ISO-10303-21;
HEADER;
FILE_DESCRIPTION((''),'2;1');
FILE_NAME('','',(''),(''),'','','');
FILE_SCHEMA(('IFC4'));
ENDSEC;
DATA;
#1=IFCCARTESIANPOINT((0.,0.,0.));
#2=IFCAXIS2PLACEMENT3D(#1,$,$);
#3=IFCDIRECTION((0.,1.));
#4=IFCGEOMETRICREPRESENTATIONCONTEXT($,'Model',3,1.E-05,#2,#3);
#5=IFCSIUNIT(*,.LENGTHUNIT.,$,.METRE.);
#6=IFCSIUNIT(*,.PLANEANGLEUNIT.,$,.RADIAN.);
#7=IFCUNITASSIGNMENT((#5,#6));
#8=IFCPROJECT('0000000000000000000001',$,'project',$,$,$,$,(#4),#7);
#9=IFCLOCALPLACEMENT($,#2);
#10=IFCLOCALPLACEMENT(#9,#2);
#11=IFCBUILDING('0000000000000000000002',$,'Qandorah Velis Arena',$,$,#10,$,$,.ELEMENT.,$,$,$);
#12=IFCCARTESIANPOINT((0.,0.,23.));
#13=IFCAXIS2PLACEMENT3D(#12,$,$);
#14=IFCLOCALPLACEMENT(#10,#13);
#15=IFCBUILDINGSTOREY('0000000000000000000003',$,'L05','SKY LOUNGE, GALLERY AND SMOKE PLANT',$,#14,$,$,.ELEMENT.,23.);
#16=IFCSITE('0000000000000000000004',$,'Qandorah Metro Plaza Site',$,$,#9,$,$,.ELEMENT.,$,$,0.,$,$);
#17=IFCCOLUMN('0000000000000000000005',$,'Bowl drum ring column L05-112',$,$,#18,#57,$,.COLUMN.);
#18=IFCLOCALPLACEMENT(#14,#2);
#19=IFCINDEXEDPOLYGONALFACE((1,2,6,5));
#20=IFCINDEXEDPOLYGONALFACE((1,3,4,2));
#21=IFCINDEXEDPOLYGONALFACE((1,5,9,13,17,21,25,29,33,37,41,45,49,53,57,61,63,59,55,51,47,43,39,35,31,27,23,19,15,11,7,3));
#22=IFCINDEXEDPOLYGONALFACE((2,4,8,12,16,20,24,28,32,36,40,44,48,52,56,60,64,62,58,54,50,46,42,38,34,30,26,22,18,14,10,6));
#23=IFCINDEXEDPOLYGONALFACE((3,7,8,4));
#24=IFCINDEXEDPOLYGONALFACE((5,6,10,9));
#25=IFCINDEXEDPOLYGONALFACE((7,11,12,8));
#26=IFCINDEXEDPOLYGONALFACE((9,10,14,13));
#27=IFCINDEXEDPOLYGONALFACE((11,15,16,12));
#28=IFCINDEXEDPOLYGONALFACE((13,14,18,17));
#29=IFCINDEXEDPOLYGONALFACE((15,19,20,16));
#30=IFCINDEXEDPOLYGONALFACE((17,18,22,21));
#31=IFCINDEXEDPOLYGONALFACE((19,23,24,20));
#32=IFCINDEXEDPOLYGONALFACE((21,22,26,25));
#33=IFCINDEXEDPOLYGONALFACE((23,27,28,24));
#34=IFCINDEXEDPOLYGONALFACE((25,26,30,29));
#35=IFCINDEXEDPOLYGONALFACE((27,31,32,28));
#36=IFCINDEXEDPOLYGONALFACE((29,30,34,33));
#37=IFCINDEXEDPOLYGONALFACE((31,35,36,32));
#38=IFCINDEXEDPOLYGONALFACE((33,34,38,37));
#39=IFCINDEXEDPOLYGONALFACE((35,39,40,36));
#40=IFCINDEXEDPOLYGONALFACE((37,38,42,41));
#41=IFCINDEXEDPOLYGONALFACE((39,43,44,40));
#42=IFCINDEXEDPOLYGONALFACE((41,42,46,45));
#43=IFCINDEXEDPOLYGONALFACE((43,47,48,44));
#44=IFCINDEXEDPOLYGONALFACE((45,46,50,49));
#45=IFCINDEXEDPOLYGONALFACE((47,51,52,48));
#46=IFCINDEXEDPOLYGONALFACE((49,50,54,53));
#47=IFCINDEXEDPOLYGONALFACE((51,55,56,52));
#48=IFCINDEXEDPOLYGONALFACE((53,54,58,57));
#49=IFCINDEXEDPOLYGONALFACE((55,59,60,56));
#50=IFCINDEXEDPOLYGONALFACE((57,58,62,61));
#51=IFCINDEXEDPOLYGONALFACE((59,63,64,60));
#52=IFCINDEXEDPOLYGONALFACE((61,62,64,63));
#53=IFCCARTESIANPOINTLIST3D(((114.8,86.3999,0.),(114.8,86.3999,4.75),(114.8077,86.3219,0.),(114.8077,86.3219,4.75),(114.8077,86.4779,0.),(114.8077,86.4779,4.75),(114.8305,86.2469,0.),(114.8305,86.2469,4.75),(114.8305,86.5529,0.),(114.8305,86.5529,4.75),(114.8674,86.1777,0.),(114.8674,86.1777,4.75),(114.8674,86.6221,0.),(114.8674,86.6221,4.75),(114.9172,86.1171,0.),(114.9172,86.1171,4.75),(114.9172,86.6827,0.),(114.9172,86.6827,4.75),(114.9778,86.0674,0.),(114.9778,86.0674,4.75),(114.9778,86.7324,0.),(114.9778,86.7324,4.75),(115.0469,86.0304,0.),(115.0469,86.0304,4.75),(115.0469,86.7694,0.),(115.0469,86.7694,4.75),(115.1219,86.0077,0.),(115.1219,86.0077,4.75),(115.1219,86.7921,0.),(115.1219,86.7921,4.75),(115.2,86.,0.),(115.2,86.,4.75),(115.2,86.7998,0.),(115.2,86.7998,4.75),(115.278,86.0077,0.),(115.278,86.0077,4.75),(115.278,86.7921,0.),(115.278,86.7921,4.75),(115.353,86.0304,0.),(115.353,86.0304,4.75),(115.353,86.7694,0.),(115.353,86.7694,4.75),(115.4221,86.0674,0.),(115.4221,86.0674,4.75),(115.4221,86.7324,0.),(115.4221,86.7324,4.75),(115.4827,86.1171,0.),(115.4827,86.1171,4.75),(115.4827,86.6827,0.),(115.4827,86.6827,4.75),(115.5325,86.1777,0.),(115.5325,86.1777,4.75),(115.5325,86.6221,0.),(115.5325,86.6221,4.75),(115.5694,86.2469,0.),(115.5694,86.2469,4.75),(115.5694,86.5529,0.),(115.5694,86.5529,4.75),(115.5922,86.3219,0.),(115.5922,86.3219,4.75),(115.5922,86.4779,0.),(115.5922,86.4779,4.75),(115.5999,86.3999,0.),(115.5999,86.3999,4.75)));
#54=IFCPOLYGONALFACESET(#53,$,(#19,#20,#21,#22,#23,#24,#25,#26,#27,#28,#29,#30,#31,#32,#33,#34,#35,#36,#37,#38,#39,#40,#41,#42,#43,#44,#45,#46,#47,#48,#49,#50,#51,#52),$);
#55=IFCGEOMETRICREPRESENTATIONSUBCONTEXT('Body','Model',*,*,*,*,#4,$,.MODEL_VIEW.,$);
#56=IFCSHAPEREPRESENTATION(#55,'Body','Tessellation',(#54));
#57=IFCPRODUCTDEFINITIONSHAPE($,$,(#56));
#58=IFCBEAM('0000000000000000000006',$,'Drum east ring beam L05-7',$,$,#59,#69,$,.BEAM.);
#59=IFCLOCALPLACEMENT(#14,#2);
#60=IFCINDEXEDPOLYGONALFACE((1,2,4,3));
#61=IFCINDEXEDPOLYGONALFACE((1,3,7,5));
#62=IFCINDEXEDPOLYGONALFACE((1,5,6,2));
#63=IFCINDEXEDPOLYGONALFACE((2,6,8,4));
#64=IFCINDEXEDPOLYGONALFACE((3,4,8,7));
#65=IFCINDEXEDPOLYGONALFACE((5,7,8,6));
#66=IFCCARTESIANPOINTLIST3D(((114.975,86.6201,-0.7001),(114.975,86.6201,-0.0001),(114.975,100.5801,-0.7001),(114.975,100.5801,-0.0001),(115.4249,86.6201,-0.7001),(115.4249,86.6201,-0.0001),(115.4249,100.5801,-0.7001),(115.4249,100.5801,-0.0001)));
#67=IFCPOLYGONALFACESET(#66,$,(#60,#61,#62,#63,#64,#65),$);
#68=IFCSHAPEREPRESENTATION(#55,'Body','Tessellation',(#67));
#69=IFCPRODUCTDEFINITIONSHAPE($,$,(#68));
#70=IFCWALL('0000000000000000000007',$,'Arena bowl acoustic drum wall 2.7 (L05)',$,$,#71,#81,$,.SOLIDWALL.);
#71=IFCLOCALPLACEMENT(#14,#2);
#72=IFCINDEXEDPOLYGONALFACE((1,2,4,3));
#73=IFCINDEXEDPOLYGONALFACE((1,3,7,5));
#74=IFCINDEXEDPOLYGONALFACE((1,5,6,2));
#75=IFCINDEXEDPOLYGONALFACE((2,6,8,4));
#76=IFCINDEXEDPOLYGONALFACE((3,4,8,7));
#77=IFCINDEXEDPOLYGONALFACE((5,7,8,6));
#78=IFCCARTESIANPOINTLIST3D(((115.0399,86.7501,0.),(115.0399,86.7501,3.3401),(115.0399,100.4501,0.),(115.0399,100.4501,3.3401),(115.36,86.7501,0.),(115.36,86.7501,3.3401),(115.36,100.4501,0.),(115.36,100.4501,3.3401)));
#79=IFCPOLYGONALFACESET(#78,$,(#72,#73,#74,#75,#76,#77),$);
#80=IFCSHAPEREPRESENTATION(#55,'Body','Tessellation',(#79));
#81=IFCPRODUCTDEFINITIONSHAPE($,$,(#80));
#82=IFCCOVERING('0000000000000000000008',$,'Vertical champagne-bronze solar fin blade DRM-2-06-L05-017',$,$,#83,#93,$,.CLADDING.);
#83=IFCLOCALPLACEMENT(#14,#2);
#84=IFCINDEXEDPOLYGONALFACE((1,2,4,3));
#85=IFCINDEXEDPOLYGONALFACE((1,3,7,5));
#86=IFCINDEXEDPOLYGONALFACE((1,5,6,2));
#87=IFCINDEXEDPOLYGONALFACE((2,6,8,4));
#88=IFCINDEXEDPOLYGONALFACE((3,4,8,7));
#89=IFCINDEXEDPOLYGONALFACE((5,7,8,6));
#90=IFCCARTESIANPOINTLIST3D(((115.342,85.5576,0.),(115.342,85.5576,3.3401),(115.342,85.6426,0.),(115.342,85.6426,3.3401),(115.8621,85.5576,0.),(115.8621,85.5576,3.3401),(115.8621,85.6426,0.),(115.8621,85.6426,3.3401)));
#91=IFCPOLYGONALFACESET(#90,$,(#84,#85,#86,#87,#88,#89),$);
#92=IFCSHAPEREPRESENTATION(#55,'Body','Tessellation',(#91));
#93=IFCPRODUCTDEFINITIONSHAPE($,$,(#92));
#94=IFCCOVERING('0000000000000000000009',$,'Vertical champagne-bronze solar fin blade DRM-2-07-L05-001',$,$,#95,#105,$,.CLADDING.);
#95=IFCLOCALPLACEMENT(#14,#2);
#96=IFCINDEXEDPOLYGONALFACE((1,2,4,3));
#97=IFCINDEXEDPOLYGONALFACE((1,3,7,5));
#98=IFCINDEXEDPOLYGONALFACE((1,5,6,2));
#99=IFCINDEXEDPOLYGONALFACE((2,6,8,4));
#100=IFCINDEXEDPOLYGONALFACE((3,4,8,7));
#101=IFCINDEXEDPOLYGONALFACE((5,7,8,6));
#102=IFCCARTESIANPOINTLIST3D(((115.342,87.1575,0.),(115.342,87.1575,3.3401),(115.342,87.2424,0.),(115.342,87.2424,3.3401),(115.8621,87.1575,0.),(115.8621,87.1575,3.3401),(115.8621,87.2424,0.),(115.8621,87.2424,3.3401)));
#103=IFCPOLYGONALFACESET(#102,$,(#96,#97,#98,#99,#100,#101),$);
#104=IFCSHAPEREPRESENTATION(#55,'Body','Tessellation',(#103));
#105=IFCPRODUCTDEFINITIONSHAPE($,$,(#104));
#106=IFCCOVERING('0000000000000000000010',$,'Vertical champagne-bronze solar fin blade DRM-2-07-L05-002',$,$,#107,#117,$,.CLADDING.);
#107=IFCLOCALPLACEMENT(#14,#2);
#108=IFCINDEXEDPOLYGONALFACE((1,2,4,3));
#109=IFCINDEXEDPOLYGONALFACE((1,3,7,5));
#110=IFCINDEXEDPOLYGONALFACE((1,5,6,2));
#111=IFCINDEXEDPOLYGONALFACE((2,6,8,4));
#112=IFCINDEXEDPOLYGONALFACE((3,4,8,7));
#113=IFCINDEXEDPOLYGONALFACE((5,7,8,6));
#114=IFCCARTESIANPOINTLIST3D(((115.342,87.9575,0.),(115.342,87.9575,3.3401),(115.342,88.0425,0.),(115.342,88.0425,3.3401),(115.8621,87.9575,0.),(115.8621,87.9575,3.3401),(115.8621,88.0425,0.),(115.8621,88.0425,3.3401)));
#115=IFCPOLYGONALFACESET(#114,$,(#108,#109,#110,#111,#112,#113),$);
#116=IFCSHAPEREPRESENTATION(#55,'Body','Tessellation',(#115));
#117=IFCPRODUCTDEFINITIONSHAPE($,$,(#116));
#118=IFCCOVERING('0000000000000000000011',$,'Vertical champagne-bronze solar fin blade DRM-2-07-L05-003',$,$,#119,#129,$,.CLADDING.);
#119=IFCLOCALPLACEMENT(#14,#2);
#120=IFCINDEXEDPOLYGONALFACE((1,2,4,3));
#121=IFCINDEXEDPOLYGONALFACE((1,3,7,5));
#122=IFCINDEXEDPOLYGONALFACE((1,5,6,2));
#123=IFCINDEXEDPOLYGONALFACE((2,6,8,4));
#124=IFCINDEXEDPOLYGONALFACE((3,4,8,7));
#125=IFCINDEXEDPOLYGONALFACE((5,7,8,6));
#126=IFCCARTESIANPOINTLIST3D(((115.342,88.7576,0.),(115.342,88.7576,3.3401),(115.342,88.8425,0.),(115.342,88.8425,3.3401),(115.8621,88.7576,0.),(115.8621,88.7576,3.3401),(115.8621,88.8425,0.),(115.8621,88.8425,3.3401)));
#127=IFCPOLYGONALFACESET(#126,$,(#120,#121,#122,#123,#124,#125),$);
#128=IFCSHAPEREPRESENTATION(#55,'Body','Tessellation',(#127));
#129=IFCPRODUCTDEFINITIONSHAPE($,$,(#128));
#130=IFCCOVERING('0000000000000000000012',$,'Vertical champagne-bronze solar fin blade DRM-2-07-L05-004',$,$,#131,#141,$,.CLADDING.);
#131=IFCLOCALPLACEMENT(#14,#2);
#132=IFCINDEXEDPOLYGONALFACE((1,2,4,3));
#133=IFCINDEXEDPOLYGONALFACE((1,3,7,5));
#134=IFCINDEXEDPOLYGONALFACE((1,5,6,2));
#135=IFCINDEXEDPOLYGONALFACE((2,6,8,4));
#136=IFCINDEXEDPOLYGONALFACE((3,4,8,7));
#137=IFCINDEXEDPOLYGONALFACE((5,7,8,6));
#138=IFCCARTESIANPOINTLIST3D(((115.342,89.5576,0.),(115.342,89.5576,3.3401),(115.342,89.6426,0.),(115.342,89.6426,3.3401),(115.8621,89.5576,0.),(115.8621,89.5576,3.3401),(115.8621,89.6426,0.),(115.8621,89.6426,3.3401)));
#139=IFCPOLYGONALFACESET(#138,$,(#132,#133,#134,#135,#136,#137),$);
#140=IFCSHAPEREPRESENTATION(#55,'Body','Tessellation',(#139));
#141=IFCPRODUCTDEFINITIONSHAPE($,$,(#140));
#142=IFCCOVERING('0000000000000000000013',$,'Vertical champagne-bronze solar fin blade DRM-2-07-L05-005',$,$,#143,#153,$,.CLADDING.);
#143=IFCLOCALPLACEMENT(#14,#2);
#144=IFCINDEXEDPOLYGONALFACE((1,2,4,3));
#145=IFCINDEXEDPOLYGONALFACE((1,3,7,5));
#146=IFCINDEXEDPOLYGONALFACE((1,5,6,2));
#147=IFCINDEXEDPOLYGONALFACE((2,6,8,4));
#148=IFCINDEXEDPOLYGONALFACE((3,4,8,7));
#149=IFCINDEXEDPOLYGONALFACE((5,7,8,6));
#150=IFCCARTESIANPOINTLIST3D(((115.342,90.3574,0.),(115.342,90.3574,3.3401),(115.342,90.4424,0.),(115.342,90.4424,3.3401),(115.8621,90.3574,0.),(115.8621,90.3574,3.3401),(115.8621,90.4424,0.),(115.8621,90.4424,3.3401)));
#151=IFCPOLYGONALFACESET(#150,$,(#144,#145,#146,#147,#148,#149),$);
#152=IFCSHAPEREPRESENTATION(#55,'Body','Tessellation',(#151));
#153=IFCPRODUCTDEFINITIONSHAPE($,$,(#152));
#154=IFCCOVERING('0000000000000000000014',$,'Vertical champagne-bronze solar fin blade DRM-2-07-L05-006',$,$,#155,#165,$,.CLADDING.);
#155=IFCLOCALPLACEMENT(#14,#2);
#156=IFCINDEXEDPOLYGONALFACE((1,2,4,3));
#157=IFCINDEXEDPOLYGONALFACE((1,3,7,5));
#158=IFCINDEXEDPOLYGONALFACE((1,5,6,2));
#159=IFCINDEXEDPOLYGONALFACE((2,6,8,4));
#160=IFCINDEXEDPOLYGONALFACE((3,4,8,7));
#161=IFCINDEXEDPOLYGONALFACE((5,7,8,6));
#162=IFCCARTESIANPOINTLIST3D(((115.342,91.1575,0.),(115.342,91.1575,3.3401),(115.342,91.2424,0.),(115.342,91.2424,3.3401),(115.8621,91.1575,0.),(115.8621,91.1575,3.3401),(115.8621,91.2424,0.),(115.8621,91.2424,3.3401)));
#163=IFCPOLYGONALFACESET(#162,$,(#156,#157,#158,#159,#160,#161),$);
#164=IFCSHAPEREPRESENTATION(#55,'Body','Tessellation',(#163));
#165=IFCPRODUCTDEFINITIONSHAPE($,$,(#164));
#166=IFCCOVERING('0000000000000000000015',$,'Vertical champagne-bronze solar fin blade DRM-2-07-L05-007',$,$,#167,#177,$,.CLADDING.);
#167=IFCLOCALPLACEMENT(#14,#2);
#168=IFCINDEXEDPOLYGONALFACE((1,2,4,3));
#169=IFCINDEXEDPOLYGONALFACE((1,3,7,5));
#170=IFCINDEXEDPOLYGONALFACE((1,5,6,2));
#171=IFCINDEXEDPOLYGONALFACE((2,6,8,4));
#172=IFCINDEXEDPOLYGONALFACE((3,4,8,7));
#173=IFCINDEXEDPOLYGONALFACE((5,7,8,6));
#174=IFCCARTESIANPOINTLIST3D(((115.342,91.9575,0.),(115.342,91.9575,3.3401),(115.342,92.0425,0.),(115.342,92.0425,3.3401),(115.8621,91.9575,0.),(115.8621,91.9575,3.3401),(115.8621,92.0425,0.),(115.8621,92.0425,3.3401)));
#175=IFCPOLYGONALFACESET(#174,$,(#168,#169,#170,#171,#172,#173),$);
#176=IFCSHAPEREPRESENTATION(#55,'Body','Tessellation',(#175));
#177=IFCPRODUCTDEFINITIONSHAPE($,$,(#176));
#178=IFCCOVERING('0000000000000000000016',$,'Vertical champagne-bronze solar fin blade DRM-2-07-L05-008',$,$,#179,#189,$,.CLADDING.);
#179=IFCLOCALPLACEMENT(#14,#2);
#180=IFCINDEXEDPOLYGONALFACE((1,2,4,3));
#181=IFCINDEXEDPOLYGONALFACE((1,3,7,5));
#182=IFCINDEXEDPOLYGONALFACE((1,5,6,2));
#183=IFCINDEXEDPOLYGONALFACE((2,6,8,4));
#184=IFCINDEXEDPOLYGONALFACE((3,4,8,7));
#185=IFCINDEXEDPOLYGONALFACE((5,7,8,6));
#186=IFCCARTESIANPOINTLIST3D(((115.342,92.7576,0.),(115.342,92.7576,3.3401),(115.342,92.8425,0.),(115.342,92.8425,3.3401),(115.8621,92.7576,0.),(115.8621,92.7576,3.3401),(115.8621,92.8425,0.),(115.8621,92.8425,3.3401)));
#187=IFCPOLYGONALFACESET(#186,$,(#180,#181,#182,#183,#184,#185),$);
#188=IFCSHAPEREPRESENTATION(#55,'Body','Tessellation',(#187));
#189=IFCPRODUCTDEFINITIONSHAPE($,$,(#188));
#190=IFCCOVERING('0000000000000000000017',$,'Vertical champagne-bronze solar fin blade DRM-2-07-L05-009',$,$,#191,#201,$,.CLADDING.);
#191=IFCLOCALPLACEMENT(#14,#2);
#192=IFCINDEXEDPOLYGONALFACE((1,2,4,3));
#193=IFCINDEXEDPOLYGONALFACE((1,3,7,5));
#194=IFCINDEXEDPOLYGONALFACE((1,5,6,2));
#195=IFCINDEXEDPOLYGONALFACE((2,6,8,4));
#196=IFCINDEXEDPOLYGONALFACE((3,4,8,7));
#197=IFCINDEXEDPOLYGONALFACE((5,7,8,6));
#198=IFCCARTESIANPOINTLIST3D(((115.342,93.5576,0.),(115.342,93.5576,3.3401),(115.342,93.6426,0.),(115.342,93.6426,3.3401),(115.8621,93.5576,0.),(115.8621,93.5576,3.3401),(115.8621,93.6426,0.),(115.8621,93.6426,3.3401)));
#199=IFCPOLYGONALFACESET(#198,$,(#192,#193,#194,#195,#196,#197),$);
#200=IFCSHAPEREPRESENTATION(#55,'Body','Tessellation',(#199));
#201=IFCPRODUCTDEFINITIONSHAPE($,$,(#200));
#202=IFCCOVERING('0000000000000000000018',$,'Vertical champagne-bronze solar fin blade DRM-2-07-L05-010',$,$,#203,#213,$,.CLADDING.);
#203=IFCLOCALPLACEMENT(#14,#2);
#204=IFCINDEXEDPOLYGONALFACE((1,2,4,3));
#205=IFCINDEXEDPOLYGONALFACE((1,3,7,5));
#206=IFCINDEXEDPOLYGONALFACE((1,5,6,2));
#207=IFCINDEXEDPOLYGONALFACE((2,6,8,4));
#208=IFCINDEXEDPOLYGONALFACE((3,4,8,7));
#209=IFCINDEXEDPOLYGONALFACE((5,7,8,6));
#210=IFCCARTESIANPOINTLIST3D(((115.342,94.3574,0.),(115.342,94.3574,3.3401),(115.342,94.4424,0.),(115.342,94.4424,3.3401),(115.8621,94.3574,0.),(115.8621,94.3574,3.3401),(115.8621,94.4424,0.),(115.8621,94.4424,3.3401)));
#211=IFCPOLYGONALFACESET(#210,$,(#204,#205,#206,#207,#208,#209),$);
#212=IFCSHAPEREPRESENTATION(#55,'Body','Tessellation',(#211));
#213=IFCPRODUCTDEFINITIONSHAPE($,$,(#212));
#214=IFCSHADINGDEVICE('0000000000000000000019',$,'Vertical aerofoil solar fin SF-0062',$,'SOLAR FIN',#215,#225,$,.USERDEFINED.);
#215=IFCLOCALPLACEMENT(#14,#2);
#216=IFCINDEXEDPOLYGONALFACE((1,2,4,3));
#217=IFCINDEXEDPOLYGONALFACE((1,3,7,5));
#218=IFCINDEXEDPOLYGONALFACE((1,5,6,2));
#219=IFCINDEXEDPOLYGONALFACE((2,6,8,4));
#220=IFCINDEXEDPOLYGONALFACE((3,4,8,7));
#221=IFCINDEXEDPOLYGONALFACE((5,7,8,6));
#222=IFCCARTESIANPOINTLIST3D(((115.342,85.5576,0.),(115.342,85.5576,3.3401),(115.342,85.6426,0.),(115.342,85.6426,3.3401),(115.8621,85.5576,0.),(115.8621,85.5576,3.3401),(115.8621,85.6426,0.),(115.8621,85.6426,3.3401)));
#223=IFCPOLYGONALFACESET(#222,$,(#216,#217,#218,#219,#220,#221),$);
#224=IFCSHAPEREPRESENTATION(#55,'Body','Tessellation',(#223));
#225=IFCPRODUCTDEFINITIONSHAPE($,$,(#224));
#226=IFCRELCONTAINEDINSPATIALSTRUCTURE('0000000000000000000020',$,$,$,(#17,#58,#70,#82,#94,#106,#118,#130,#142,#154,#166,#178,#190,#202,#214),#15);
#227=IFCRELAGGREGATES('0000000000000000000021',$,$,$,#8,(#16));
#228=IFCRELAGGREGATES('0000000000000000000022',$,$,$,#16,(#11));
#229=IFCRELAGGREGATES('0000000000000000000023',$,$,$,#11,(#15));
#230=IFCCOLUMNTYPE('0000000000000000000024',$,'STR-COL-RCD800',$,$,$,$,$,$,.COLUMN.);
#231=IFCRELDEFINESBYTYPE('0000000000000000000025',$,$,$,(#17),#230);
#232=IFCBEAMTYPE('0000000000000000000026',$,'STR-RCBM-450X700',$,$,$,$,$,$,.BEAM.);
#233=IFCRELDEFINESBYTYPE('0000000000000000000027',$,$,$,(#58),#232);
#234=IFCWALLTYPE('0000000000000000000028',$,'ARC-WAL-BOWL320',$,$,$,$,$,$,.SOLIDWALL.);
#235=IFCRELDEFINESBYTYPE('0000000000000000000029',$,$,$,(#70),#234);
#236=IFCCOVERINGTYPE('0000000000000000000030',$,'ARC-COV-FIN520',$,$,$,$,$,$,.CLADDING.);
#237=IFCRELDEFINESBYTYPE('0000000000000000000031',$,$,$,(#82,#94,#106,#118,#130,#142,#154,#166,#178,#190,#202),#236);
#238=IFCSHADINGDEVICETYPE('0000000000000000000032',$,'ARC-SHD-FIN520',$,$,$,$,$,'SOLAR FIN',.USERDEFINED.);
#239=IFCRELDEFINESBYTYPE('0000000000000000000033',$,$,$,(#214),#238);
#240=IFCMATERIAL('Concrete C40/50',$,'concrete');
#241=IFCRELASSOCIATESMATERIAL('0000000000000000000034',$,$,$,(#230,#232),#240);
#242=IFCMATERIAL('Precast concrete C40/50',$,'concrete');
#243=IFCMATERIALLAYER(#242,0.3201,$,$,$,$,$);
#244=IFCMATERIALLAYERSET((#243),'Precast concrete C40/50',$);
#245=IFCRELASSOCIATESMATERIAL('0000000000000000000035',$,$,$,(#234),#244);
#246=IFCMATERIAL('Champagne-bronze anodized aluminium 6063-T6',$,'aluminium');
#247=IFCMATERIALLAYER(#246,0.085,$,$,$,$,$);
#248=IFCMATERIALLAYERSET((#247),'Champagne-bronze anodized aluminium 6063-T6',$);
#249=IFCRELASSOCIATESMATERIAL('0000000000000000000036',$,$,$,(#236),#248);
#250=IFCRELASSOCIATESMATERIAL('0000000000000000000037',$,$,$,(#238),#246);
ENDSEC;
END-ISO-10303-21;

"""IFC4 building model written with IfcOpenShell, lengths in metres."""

from ifc_helpers import new_model, si_unit, direction, frame, frame_2d, origin, origin_2d, place, context, subcontext, project, spatial, rectangle, circle, extrude, material, layer, layer_set, material_profile, profile_set, type_object, element, save


model = new_model("IFC4")

# Units and contexts
model_context = context("Model", 3, precision=1e-05, world=origin(), true_north=direction((0.0, 1.0)))
body_context = subcontext(model_context, "Body", "Model", "MODEL_VIEW")
ifc_project = project(units=[si_unit("LENGTHUNIT", "METRE"), si_unit("PLANEANGLEUNIT", "RADIAN")], contexts=[model_context])

# Site, building, storey
site_placement = place(None, origin())
site = spatial("IfcSite", under=ifc_project, at=site_placement, Name="Qandorah Metro Plaza Site", CompositionType="ELEMENT", RefElevation=0.0)
building_placement = place(site_placement, origin())
building = spatial("IfcBuilding", under=site, at=building_placement, Name="Qandorah Velis Arena", CompositionType="ELEMENT")
storey_placement = place(building_placement, frame((0.0, 0.0, 23.0)))
storey = spatial("IfcBuildingStorey", under=building, at=storey_placement, Name="L05", Description="SKY LOUNGE, GALLERY AND SMOKE PLANT", CompositionType="ELEMENT", Elevation=23.0)

# Column
ifc_material_1 = material(Name="Concrete C40/50", Category="concrete")
ifc_material_profile_1 = material_profile(ifc_material_1, circle(Radius=0.3999, at=origin_2d()), Name="RC D800")
ifc_profile_set_1 = profile_set([ifc_material_profile_1], Name="Concrete C40/50")
column_type = type_object("IfcColumnType", Name="STR-COL-RCD800", PredefinedType="COLUMN", material=ifc_profile_set_1)
column_placement = place(storey_placement, frame((115.2, 86.3999, 0.0), z_axis=(0.0, 0.0, 1.0), x_axis=(1.0, 0.0, 0.0)))
element("IfcColumn", 1, at=column_placement, inside=storey, type_object=column_type, Name="Bowl drum ring column L05-112", PredefinedType="COLUMN", context=body_context, shape_type="SweptSolid", body=[
    extrude(circle(Radius=0.3999, at=origin_2d()), origin(), (0.0, 0.0, 1.0), 4.75),
])

# Beam
ifc_material_profile_2 = material_profile(ifc_material_1, rectangle(XDim=0.45, YDim=0.7, at=origin_2d()), Name="RC BM 450x700")
ifc_profile_set_2 = profile_set([ifc_material_profile_2], Name="Concrete C40/50")
beam_type = type_object("IfcBeamType", Name="STR-RCBM-450X700", PredefinedType="BEAM", material=ifc_profile_set_2)
beam_placement = place(storey_placement, frame((115.2, 86.6201, -0.3501), z_axis=(0.0, 1.0, 0.0), x_axis=(-1.0, 0.0, 0.0)))
element("IfcBeam", 2, at=beam_placement, inside=storey, type_object=beam_type, Name="Drum east ring beam L05-7", PredefinedType="BEAM", context=body_context, shape_type="SweptSolid", body=[
    extrude(rectangle(XDim=0.45, YDim=0.7, at=origin_2d()), origin(), (0.0, 0.0, 1.0), 13.96),
])

# Wall
ifc_material_2 = material(Name="Precast concrete C40/50", Category="concrete")
ifc_layer_1 = layer(ifc_material_2, 0.3201)
ifc_layer_set_1 = layer_set([ifc_layer_1], Name="Precast concrete C40/50")
wall_type = type_object("IfcWallType", Name="ARC-WAL-BOWL320", PredefinedType="SOLIDWALL", material=ifc_layer_set_1)
wall_placement = place(storey_placement, frame((115.2, 86.75, 0.0), z_axis=(0.0, 0.0, 1.0), x_axis=(0.0, 1.0, 0.0)))
element("IfcWall", 3, at=wall_placement, inside=storey, type_object=wall_type, Name="Arena bowl acoustic drum wall 2.7 (L05)", PredefinedType="SOLIDWALL", context=body_context, shape_type="SweptSolid", body=[
    extrude(rectangle(XDim=13.7, YDim=0.3201, at=frame_2d((6.8501, 0.0))), origin(), (0.0, 0.0, 1.0), 3.3401),
])

# Coverings
ifc_material_3 = material(Name="Champagne-bronze anodized aluminium 6063-T6", Category="aluminium")
ifc_layer_2 = layer(ifc_material_3, 0.085)
ifc_layer_set_2 = layer_set([ifc_layer_2], Name="Champagne-bronze anodized aluminium 6063-T6")
covering_type = type_object("IfcCoveringType", Name="ARC-COV-FIN520", PredefinedType="CLADDING", material=ifc_layer_set_2)
for number, where, z_axis, x_axis, name in (
    (4, (115.6021, 85.6001, 0.0), (0.0, 0.0, 1.0), (1.0, 0.0, 0.0), "Vertical champagne-bronze solar fin blade DRM-2-06-L05-017"),
    (5, (115.6021, 87.2, 0.0), (0.0, 0.0, 1.0), (1.0, 0.0, 0.0), "Vertical champagne-bronze solar fin blade DRM-2-07-L05-001"),
    (6, (115.6021, 88.0, 0.0), (0.0, 0.0, 1.0), (1.0, 0.0, 0.0), "Vertical champagne-bronze solar fin blade DRM-2-07-L05-002"),
    (7, (115.6021, 88.8, 0.0), (0.0, 0.0, 1.0), (1.0, 0.0, 0.0), "Vertical champagne-bronze solar fin blade DRM-2-07-L05-003"),
    (8, (115.6021, 89.6001, 0.0), (0.0, 0.0, 1.0), (1.0, 0.0, 0.0), "Vertical champagne-bronze solar fin blade DRM-2-07-L05-004"),
    (9, (115.6021, 90.3999, 0.0), (0.0, 0.0, 1.0), (1.0, 0.0, 0.0), "Vertical champagne-bronze solar fin blade DRM-2-07-L05-005"),
    (10, (115.6021, 91.2, 0.0), (0.0, 0.0, 1.0), (1.0, 0.0, 0.0), "Vertical champagne-bronze solar fin blade DRM-2-07-L05-006"),
    (11, (115.6021, 92.0, 0.0), (0.0, 0.0, 1.0), (1.0, 0.0, 0.0), "Vertical champagne-bronze solar fin blade DRM-2-07-L05-007"),
    (12, (115.6021, 92.8, 0.0), (0.0, 0.0, 1.0), (1.0, 0.0, 0.0), "Vertical champagne-bronze solar fin blade DRM-2-07-L05-008"),
    (13, (115.6021, 93.6001, 0.0), (0.0, 0.0, 1.0), (1.0, 0.0, 0.0), "Vertical champagne-bronze solar fin blade DRM-2-07-L05-009"),
    (14, (115.6021, 94.3999, 0.0), (0.0, 0.0, 1.0), (1.0, 0.0, 0.0), "Vertical champagne-bronze solar fin blade DRM-2-07-L05-010"),
):
    element("IfcCovering", number, at=place(storey_placement, frame(where, z_axis=z_axis, x_axis=x_axis)), inside=storey, type_object=covering_type, Name=name, PredefinedType="CLADDING", context=body_context, shape_type="SweptSolid", body=[
        extrude(rectangle(XDim=0.52, YDim=0.085, at=origin_2d()), origin(), (0.0, 0.0, 1.0), 3.3401),
    ])

# Shading device
shading_device_type = type_object("IfcShadingDeviceType", Name="ARC-SHD-FIN520", ElementType="SOLAR FIN", PredefinedType="USERDEFINED", material=ifc_material_3)
for number, where, z_axis, x_axis, name in (
    (15, (115.6021, 85.6001, 0.0), (0.0, 0.0, 1.0), (1.0, 0.0, 0.0), "Vertical aerofoil solar fin SF-0062"),
):
    element("IfcShadingDevice", number, at=place(storey_placement, frame(where, z_axis=z_axis, x_axis=x_axis)), inside=storey, type_object=shading_device_type, Name=name, ObjectType="SOLAR FIN", PredefinedType="USERDEFINED", context=body_context, shape_type="SweptSolid", body=[
        extrude(rectangle(XDim=0.52, YDim=0.085, at=origin_2d()), origin(), (0.0, 0.0, 1.0), 3.3401),
    ])

save(model, "model.ifc")
